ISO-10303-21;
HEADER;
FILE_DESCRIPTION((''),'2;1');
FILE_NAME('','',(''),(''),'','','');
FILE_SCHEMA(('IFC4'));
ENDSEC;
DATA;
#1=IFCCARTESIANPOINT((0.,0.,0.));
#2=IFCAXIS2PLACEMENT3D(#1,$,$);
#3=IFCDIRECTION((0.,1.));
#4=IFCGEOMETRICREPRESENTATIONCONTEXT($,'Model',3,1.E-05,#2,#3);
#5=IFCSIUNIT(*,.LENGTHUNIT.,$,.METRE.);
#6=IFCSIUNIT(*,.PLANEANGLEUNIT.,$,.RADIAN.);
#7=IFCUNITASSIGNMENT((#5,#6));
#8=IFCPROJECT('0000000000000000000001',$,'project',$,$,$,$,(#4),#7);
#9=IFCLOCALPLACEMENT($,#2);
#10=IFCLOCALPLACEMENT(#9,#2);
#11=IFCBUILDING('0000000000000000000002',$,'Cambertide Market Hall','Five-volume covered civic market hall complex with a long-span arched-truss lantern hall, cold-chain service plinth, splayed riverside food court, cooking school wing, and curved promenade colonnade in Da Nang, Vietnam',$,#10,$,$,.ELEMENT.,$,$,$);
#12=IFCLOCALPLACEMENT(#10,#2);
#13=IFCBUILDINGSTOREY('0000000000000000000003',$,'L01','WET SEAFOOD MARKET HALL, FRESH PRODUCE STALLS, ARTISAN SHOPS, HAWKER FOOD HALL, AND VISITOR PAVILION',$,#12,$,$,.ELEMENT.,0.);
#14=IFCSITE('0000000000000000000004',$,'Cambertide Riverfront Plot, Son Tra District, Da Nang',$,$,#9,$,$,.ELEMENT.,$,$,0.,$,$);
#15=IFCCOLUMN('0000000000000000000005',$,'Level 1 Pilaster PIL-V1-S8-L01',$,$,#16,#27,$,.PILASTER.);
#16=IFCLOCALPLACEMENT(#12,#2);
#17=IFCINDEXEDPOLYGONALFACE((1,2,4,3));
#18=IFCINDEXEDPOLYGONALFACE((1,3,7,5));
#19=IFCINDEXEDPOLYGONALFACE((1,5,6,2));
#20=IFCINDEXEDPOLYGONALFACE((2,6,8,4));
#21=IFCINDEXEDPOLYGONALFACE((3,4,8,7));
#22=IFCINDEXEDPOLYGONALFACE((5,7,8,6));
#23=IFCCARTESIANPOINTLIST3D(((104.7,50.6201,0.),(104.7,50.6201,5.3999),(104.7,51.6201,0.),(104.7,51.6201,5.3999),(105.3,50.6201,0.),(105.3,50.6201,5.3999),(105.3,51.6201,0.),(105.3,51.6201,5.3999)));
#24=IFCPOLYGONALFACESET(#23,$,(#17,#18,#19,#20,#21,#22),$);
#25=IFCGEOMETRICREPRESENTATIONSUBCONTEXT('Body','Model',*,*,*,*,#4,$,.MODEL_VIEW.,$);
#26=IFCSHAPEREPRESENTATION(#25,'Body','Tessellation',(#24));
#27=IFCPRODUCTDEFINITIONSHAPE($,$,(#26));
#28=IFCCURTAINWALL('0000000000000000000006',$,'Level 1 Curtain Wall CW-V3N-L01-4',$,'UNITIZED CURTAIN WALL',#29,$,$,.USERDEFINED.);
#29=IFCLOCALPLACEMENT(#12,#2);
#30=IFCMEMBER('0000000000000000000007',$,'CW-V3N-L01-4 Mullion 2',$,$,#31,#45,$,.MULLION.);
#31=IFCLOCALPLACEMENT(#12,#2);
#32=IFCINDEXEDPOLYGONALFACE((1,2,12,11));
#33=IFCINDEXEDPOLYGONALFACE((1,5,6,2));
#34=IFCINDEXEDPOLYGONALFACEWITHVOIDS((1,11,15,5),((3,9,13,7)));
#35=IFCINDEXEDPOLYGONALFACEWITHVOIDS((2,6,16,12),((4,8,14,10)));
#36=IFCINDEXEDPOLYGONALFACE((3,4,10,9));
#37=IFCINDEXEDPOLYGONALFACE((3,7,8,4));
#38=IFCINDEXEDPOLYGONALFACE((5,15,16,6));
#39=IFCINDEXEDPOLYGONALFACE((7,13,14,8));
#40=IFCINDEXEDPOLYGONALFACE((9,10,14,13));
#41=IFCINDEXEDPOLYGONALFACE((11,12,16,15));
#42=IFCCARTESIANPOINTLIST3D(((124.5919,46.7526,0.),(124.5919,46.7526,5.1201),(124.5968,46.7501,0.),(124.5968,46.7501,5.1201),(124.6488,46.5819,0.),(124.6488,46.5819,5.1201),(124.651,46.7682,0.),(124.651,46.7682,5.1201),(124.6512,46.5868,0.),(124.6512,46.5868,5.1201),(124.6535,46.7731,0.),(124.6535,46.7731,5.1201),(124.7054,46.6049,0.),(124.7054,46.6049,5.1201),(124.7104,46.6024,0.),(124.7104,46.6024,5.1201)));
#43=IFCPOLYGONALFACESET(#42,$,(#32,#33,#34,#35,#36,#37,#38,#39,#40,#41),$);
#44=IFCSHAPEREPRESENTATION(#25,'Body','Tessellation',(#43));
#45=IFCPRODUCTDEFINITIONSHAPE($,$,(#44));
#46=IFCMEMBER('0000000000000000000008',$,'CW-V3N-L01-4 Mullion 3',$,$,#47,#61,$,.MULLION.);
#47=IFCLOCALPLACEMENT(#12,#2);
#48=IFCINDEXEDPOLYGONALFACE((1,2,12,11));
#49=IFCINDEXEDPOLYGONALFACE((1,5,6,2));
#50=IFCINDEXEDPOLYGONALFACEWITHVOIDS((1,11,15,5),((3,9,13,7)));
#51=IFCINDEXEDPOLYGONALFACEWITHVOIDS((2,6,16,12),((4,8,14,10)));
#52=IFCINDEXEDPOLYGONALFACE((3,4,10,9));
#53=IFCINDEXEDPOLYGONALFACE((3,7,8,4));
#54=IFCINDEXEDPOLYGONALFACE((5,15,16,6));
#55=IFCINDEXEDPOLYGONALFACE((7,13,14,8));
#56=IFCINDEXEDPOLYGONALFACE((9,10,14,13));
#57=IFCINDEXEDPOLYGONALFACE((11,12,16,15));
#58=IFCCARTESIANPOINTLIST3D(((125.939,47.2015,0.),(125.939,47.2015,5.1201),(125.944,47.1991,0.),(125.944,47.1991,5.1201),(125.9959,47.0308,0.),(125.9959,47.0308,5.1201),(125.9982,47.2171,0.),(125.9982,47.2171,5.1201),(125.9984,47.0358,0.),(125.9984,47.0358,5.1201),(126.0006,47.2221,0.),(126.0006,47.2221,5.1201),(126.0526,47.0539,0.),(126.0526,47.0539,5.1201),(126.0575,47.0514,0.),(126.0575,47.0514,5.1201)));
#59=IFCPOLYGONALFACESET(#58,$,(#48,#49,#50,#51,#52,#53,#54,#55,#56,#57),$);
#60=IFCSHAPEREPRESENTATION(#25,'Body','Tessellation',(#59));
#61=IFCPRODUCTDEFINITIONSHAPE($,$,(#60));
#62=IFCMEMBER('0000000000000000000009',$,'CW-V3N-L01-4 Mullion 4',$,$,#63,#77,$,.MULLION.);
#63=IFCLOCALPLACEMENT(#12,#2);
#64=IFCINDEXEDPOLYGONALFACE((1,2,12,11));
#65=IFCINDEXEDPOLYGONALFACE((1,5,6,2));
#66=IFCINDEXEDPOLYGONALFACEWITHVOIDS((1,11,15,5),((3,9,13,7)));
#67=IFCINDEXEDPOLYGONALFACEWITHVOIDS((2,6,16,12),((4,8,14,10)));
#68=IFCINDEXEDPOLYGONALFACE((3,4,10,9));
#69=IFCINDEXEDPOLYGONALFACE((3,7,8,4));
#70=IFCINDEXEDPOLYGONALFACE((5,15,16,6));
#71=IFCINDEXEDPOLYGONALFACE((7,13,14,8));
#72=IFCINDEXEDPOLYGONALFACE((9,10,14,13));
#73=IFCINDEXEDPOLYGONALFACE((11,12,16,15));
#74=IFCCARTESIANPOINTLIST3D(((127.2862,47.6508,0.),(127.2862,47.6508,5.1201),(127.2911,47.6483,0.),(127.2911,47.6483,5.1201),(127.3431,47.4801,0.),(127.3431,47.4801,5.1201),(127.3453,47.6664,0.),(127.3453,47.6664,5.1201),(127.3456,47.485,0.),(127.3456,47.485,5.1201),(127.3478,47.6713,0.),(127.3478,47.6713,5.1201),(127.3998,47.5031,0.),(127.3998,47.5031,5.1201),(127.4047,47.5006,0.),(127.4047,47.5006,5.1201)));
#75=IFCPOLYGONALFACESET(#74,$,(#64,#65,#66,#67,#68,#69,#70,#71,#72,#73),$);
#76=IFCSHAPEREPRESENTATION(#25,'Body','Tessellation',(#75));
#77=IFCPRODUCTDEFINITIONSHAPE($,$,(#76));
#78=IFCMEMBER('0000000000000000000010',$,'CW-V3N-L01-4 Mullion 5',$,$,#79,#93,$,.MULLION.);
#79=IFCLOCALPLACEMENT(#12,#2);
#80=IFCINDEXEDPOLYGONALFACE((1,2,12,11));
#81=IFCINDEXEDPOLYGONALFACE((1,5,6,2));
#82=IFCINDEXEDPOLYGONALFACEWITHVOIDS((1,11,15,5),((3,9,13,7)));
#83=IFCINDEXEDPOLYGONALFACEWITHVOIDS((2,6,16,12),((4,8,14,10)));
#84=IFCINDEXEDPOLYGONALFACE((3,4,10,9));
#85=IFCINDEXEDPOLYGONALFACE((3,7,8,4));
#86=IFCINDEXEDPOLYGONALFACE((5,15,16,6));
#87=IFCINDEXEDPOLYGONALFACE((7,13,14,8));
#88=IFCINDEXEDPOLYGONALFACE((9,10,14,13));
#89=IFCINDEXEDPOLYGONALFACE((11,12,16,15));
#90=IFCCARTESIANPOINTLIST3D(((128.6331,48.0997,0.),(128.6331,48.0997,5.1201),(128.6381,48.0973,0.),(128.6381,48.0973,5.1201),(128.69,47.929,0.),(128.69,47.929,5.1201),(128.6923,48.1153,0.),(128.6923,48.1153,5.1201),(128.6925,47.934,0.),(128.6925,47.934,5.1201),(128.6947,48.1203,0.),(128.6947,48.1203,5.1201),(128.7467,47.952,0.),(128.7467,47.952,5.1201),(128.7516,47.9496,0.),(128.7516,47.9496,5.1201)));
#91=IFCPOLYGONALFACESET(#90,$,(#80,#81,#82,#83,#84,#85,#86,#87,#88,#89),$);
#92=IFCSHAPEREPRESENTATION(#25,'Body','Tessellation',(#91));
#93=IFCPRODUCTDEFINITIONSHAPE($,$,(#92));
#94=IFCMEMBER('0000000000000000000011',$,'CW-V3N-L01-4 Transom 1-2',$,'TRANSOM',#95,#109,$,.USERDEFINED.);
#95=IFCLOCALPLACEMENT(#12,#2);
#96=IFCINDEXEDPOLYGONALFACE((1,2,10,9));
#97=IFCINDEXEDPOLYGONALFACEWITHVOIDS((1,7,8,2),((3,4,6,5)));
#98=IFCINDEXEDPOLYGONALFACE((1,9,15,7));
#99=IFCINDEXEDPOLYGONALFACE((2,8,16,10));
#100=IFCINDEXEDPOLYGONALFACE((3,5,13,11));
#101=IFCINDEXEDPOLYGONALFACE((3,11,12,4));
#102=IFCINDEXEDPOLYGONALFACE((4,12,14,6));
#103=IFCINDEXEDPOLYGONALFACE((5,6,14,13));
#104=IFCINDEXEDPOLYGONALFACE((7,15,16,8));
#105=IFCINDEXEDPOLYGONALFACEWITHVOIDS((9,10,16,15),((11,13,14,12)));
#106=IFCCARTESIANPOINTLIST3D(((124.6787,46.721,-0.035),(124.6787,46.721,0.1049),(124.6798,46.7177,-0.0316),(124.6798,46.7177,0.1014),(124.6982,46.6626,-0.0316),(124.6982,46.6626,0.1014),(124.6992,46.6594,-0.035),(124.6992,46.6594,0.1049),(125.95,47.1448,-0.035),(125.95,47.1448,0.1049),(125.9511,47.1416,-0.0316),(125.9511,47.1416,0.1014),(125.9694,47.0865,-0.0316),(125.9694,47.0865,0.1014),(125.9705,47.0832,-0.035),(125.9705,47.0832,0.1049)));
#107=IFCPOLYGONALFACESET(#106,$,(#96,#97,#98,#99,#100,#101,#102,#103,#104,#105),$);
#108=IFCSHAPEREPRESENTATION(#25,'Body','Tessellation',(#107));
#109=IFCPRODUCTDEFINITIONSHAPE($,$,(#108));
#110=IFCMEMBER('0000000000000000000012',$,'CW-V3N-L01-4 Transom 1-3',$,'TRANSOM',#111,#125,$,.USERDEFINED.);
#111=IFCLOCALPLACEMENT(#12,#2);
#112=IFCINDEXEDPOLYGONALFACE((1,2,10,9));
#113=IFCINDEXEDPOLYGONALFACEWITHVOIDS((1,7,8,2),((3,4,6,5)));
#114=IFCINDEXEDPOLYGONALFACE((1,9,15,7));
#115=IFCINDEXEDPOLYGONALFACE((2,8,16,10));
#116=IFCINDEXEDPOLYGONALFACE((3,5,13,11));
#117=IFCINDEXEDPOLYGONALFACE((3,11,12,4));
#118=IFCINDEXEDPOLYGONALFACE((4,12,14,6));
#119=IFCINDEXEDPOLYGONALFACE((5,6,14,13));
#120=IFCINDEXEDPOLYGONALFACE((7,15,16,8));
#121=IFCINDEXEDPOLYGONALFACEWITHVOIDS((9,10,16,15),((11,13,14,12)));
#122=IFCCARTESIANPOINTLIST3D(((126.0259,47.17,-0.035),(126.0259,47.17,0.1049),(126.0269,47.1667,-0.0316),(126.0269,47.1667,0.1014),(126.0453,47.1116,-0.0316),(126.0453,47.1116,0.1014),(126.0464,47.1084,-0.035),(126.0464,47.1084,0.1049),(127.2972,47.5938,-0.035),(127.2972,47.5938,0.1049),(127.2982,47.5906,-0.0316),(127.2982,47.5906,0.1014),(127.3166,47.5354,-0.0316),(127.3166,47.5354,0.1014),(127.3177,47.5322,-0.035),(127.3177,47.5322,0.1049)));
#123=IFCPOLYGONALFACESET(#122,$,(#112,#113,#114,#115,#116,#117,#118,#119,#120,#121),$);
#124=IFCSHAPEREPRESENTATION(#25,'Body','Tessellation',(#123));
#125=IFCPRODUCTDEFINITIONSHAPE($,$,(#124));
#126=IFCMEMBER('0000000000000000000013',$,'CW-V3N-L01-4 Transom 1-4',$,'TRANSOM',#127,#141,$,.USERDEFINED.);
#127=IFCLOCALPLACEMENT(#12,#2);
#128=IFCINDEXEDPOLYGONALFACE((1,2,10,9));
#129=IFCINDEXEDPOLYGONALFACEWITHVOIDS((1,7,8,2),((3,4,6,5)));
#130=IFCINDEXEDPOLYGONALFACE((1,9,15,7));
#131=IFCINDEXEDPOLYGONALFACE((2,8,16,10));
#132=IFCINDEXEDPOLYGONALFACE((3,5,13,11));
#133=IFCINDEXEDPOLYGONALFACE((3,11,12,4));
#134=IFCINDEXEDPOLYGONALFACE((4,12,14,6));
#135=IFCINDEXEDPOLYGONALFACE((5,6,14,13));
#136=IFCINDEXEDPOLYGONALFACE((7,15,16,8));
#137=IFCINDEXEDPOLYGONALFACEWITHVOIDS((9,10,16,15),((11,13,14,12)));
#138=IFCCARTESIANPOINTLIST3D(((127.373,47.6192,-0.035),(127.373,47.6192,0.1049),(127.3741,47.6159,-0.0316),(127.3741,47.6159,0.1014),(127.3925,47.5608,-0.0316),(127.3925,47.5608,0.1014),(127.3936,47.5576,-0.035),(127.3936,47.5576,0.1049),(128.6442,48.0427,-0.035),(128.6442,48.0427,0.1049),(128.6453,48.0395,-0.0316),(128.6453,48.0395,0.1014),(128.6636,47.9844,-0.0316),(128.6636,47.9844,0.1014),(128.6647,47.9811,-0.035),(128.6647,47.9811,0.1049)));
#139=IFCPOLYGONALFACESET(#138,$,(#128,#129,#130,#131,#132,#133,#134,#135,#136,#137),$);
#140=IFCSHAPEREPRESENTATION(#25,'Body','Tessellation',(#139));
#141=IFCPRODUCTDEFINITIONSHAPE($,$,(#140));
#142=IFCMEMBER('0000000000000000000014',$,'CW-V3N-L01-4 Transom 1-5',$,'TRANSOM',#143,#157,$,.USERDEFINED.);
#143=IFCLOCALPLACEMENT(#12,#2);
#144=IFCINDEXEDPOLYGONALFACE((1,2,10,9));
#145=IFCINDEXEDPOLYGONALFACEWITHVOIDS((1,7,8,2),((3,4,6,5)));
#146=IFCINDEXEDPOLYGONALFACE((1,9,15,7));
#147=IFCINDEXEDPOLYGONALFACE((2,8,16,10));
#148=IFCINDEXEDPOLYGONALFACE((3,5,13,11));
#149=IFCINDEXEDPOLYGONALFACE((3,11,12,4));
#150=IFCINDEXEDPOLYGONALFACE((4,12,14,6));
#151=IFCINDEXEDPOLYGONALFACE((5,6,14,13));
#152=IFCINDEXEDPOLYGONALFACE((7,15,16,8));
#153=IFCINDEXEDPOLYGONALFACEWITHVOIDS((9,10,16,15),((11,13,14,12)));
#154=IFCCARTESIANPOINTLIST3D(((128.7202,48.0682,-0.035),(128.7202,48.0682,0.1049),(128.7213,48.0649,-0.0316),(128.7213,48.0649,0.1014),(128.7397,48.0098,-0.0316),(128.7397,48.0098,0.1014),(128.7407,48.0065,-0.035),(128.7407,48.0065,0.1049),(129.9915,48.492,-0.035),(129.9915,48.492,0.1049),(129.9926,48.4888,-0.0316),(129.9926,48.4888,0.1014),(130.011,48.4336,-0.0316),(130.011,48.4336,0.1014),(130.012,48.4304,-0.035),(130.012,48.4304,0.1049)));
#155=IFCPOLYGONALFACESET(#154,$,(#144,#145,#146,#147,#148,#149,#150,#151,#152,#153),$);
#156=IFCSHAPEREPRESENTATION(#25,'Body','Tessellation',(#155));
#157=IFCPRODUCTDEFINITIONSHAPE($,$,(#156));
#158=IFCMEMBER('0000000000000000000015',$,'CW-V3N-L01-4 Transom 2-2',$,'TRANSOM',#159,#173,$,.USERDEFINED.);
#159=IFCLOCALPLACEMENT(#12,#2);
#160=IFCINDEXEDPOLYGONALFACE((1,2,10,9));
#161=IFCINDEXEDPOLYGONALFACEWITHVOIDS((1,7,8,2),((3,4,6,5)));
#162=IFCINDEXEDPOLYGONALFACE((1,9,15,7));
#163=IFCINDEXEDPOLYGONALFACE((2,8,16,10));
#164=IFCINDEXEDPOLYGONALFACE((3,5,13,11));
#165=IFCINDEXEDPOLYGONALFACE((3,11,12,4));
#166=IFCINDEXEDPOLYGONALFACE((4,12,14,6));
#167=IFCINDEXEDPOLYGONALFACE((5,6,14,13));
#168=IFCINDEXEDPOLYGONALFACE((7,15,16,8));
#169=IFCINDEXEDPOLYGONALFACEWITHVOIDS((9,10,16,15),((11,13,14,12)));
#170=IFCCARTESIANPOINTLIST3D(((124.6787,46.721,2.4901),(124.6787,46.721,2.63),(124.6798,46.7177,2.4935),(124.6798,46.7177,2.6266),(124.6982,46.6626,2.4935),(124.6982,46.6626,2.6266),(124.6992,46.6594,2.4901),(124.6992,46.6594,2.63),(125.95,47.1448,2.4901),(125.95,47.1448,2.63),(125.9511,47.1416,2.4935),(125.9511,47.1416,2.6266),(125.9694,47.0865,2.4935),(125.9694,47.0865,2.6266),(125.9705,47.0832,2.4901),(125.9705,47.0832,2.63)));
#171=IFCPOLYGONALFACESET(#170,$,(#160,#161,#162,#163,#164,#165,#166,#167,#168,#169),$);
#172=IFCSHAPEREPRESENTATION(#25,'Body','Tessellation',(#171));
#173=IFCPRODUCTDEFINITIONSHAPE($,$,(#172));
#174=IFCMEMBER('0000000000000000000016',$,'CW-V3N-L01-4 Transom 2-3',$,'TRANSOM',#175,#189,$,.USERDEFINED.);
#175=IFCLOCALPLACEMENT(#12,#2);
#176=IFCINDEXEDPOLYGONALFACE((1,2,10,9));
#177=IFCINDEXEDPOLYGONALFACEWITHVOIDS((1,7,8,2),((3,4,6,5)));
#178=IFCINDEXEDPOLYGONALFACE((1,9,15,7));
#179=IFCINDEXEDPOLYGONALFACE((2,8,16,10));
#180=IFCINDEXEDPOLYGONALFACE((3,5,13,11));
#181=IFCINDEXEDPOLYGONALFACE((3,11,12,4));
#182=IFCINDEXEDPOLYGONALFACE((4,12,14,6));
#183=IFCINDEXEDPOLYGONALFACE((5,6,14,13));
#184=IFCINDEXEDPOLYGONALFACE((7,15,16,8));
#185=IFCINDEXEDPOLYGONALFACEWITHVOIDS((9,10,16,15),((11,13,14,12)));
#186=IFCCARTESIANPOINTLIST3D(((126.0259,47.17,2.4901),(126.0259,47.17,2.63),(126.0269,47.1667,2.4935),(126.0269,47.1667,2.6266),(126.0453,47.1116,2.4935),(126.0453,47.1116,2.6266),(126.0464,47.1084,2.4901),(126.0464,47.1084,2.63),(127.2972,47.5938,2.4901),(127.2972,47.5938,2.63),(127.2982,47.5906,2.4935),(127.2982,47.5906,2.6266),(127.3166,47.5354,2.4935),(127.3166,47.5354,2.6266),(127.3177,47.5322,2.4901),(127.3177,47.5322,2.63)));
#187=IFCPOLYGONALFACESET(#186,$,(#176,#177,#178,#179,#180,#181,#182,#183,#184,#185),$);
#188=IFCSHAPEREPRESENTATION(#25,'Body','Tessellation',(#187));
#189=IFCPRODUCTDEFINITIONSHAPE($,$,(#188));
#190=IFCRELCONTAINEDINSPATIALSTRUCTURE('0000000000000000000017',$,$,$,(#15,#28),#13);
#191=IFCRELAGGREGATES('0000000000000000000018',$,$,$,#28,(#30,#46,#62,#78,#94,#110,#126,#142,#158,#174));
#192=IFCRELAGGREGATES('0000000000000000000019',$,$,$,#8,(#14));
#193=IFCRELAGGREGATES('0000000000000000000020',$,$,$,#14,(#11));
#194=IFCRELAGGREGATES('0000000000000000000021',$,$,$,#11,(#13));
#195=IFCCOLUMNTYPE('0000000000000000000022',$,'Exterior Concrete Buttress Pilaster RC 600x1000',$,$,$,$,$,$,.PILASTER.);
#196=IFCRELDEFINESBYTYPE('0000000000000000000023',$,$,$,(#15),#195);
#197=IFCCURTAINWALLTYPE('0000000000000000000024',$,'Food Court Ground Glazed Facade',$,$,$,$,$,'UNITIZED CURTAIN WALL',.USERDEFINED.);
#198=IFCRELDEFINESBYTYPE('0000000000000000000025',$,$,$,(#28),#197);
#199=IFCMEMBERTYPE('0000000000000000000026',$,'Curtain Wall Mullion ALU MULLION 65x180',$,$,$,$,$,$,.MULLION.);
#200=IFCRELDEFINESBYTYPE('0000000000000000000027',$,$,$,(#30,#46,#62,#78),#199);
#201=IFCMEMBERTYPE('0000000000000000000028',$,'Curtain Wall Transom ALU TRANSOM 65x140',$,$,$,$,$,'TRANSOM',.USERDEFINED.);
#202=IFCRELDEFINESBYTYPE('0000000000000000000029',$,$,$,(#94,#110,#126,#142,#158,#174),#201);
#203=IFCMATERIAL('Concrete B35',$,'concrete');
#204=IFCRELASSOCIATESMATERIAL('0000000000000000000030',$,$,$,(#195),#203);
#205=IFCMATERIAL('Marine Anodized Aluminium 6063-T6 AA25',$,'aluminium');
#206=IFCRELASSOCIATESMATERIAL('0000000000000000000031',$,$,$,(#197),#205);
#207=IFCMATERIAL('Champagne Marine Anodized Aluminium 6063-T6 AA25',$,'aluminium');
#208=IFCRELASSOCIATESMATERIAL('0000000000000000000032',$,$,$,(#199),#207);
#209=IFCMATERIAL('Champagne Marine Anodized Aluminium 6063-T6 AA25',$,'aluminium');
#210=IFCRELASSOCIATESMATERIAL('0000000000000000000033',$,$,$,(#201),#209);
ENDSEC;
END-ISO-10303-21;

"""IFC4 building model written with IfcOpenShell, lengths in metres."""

from ifc_helpers import new_model, si_unit, direction, frame, origin, origin_2d, place, context, subcontext, project, spatial, rectangle, hollow_rectangle, extrude, material, material_profile, profile_set, type_object, element, aggregate, save


model = new_model("IFC4")

# Units and contexts
model_context = context("Model", 3, precision=1e-05, world=origin(), true_north=direction((0.0, 1.0)))
body_context = subcontext(model_context, "Body", "Model", "MODEL_VIEW")
ifc_project = project(units=[si_unit("LENGTHUNIT", "METRE"), si_unit("PLANEANGLEUNIT", "RADIAN")], contexts=[model_context])

# Site, building, storey
site_placement = place(None, origin())
site = spatial("IfcSite", under=ifc_project, at=site_placement, Name="Cambertide Riverfront Plot, Son Tra District, Da Nang", CompositionType="ELEMENT", RefElevation=0.0)
building_placement = place(site_placement, origin())
building = spatial("IfcBuilding", under=site, at=building_placement, Name="Cambertide Market Hall", Description="Five-volume covered civic market hall complex with a long-span arched-truss lantern hall, cold-chain service plinth, splayed riverside food court, cooking school wing, and curved promenade colonnade in Da Nang, Vietnam", CompositionType="ELEMENT")
storey_placement = place(building_placement, origin())
storey = spatial("IfcBuildingStorey", under=building, at=storey_placement, Name="L01", Description="WET SEAFOOD MARKET HALL, FRESH PRODUCE STALLS, ARTISAN SHOPS, HAWKER FOOD HALL, AND VISITOR PAVILION", CompositionType="ELEMENT", Elevation=0.0)

# Column
ifc_material_1 = material(Name="Concrete B35", Category="concrete")
ifc_material_profile_1 = material_profile(ifc_material_1, rectangle(XDim=0.6001, YDim=1.0, at=origin_2d()), Name="RC 600x1000")
ifc_profile_set_1 = profile_set([ifc_material_profile_1], Name="Concrete B35")
column_type = type_object("IfcColumnType", Name="Exterior Concrete Buttress Pilaster RC 600x1000", PredefinedType="PILASTER", material=ifc_profile_set_1)
column_placement = place(storey_placement, frame((105.0, 51.1201, 0.0), z_axis=(0.0, 0.0, 1.0), x_axis=(1.0, 0.0, 0.0)))
element("IfcColumn", 1, at=column_placement, inside=storey, type_object=column_type, Name="Level 1 Pilaster PIL-V1-S8-L01", PredefinedType="PILASTER", context=body_context, shape_type="SweptSolid", body=[
    extrude(rectangle(XDim=0.6001, YDim=1.0, at=origin_2d()), origin(), (0.0, 0.0, 1.0), 5.3999),
])

# Curtain wall, members
ifc_material_2 = material(Name="Marine Anodized Aluminium 6063-T6 AA25", Category="aluminium")
curtain_wall_type = type_object("IfcCurtainWallType", Name="Food Court Ground Glazed Facade", ElementType="UNITIZED CURTAIN WALL", PredefinedType="USERDEFINED", material=ifc_material_2)
curtain_wall_placement = place(storey_placement, origin())
curtain_wall = element("IfcCurtainWall", 2, at=curtain_wall_placement, inside=storey, type_object=curtain_wall_type, Name="Level 1 Curtain Wall CW-V3N-L01-4", ObjectType="UNITIZED CURTAIN WALL", PredefinedType="USERDEFINED")
ifc_material_3 = material(Name="Champagne Marine Anodized Aluminium 6063-T6 AA25", Category="aluminium")
ifc_material_profile_2 = material_profile(ifc_material_3, hollow_rectangle(XDim=0.0649, YDim=0.1799, WallThickness=0.0039, at=origin_2d()), Name="ALU MULLION 65x180")
ifc_profile_set_2 = profile_set([ifc_material_profile_2], Name="Champagne Marine Anodized Aluminium 6063-T6 AA25")
member_type_1 = type_object("IfcMemberType", Name="Curtain Wall Mullion ALU MULLION 65x180", PredefinedType="MULLION", material=ifc_profile_set_2)
member_1_placement = place(storey_placement, frame((124.6511, 46.6775, 0.0), z_axis=(0.0, 0.0, 1.0), x_axis=(0.948683, 0.316228, 0.0)))
member_1 = element("IfcMember", 3, at=member_1_placement, type_object=member_type_1, Name="CW-V3N-L01-4 Mullion 2", PredefinedType="MULLION", context=body_context, shape_type="SweptSolid", body=[
    extrude(hollow_rectangle(XDim=0.0649, YDim=0.1799, WallThickness=0.0039, at=origin_2d()), origin(), (0.0, 0.0, 1.0), 5.1201),
])
member_2_placement = place(storey_placement, frame((125.9983, 47.1265, 0.0), z_axis=(0.0, 0.0, 1.0), x_axis=(0.948683, 0.316228, 0.0)))
member_2 = element("IfcMember", 4, at=member_2_placement, type_object=member_type_1, Name="CW-V3N-L01-4 Mullion 3", PredefinedType="MULLION", context=body_context, shape_type="SweptSolid", body=[
    extrude(hollow_rectangle(XDim=0.0649, YDim=0.1799, WallThickness=0.0039, at=origin_2d()), origin(), (0.0, 0.0, 1.0), 5.1201),
])
member_3_placement = place(storey_placement, frame((127.3455, 47.5757, 0.0), z_axis=(0.0, 0.0, 1.0), x_axis=(0.948683, 0.316228, 0.0)))
member_3 = element("IfcMember", 5, at=member_3_placement, type_object=member_type_1, Name="CW-V3N-L01-4 Mullion 4", PredefinedType="MULLION", context=body_context, shape_type="SweptSolid", body=[
    extrude(hollow_rectangle(XDim=0.0649, YDim=0.1799, WallThickness=0.0039, at=origin_2d()), origin(), (0.0, 0.0, 1.0), 5.1201),
])
member_4_placement = place(storey_placement, frame((128.6924, 48.0247, 0.0), z_axis=(0.0, 0.0, 1.0), x_axis=(0.948683, 0.316228, 0.0)))
member_4 = element("IfcMember", 6, at=member_4_placement, type_object=member_type_1, Name="CW-V3N-L01-4 Mullion 5", PredefinedType="MULLION", context=body_context, shape_type="SweptSolid", body=[
    extrude(hollow_rectangle(XDim=0.0649, YDim=0.1799, WallThickness=0.0039, at=origin_2d()), origin(), (0.0, 0.0, 1.0), 5.1201),
])
ifc_material_4 = material(Name="Champagne Marine Anodized Aluminium 6063-T6 AA25", Category="aluminium")
ifc_material_profile_3 = material_profile(ifc_material_4, hollow_rectangle(XDim=0.0649, YDim=0.1399, WallThickness=0.0034, at=origin_2d()), Name="ALU TRANSOM 65x140")
ifc_profile_set_3 = profile_set([ifc_material_profile_3], Name="Champagne Marine Anodized Aluminium 6063-T6 AA25")
member_type_2 = type_object("IfcMemberType", Name="Curtain Wall Transom ALU TRANSOM 65x140", ElementType="TRANSOM", PredefinedType="USERDEFINED", material=ifc_profile_set_3)
member_5_placement = place(storey_placement, frame((124.689, 46.6902, 0.0349), z_axis=(0.948665, 0.316282, 0.0), x_axis=(-0.316282, 0.948665, 0.0)))
member_5 = element("IfcMember", 7, at=member_5_placement, type_object=member_type_2, Name="CW-V3N-L01-4 Transom 1-2", ObjectType="TRANSOM", PredefinedType="USERDEFINED", context=body_context, shape_type="SweptSolid", body=[
    extrude(hollow_rectangle(XDim=0.0649, YDim=0.1399, WallThickness=0.0034, at=origin_2d()), origin(), (0.0, 0.0, 1.0), 1.3401),
])
member_6_placement = place(storey_placement, frame((126.0361, 47.1392, 0.0349), z_axis=(0.948665, 0.316282, 0.0), x_axis=(-0.316282, 0.948665, 0.0)))
member_6 = element("IfcMember", 8, at=member_6_placement, type_object=member_type_2, Name="CW-V3N-L01-4 Transom 1-3", ObjectType="TRANSOM", PredefinedType="USERDEFINED", context=body_context, shape_type="SweptSolid", body=[
    extrude(hollow_rectangle(XDim=0.0649, YDim=0.1399, WallThickness=0.0034, at=origin_2d()), origin(), (0.0, 0.0, 1.0), 1.3401),
])
member_7_placement = place(storey_placement, frame((127.3833, 47.5884, 0.0349), z_axis=(0.94872, 0.316118, 0.0), x_axis=(-0.316118, 0.94872, 0.0)))
member_7 = element("IfcMember", 9, at=member_7_placement, type_object=member_type_2, Name="CW-V3N-L01-4 Transom 1-4", ObjectType="TRANSOM", PredefinedType="USERDEFINED", context=body_context, shape_type="SweptSolid", body=[
    extrude(hollow_rectangle(XDim=0.0649, YDim=0.1399, WallThickness=0.0034, at=origin_2d()), origin(), (0.0, 0.0, 1.0), 1.3398),
])
member_8_placement = place(storey_placement, frame((128.7305, 48.0374, 0.0349), z_axis=(0.948665, 0.316282, 0.0), x_axis=(-0.316282, 0.948665, 0.0)))
member_8 = element("IfcMember", 10, at=member_8_placement, type_object=member_type_2, Name="CW-V3N-L01-4 Transom 1-5", ObjectType="TRANSOM", PredefinedType="USERDEFINED", context=body_context, shape_type="SweptSolid", body=[
    extrude(hollow_rectangle(XDim=0.0649, YDim=0.1399, WallThickness=0.0034, at=origin_2d()), origin(), (0.0, 0.0, 1.0), 1.3401),
])
member_9_placement = place(storey_placement, frame((124.689, 46.6902, 2.5601), z_axis=(0.948665, 0.316282, 0.0), x_axis=(-0.316282, 0.948665, 0.0)))
member_9 = element("IfcMember", 11, at=member_9_placement, type_object=member_type_2, Name="CW-V3N-L01-4 Transom 2-2", ObjectType="TRANSOM", PredefinedType="USERDEFINED", context=body_context, shape_type="SweptSolid", body=[
    extrude(hollow_rectangle(XDim=0.0649, YDim=0.1399, WallThickness=0.0034, at=origin_2d()), origin(), (0.0, 0.0, 1.0), 1.3401),
])
member_10_placement = place(storey_placement, frame((126.0361, 47.1392, 2.5601), z_axis=(0.948665, 0.316282, 0.0), x_axis=(-0.316282, 0.948665, 0.0)))
member_10 = element("IfcMember", 12, at=member_10_placement, type_object=member_type_2, Name="CW-V3N-L01-4 Transom 2-3", ObjectType="TRANSOM", PredefinedType="USERDEFINED", context=body_context, shape_type="SweptSolid", body=[
    extrude(hollow_rectangle(XDim=0.0649, YDim=0.1399, WallThickness=0.0034, at=origin_2d()), origin(), (0.0, 0.0, 1.0), 1.3401),
])
aggregate(curtain_wall, [member_1, member_2, member_3, member_4, member_5, member_6, member_7, member_8, member_9, member_10])

save(model, "model.ifc")
